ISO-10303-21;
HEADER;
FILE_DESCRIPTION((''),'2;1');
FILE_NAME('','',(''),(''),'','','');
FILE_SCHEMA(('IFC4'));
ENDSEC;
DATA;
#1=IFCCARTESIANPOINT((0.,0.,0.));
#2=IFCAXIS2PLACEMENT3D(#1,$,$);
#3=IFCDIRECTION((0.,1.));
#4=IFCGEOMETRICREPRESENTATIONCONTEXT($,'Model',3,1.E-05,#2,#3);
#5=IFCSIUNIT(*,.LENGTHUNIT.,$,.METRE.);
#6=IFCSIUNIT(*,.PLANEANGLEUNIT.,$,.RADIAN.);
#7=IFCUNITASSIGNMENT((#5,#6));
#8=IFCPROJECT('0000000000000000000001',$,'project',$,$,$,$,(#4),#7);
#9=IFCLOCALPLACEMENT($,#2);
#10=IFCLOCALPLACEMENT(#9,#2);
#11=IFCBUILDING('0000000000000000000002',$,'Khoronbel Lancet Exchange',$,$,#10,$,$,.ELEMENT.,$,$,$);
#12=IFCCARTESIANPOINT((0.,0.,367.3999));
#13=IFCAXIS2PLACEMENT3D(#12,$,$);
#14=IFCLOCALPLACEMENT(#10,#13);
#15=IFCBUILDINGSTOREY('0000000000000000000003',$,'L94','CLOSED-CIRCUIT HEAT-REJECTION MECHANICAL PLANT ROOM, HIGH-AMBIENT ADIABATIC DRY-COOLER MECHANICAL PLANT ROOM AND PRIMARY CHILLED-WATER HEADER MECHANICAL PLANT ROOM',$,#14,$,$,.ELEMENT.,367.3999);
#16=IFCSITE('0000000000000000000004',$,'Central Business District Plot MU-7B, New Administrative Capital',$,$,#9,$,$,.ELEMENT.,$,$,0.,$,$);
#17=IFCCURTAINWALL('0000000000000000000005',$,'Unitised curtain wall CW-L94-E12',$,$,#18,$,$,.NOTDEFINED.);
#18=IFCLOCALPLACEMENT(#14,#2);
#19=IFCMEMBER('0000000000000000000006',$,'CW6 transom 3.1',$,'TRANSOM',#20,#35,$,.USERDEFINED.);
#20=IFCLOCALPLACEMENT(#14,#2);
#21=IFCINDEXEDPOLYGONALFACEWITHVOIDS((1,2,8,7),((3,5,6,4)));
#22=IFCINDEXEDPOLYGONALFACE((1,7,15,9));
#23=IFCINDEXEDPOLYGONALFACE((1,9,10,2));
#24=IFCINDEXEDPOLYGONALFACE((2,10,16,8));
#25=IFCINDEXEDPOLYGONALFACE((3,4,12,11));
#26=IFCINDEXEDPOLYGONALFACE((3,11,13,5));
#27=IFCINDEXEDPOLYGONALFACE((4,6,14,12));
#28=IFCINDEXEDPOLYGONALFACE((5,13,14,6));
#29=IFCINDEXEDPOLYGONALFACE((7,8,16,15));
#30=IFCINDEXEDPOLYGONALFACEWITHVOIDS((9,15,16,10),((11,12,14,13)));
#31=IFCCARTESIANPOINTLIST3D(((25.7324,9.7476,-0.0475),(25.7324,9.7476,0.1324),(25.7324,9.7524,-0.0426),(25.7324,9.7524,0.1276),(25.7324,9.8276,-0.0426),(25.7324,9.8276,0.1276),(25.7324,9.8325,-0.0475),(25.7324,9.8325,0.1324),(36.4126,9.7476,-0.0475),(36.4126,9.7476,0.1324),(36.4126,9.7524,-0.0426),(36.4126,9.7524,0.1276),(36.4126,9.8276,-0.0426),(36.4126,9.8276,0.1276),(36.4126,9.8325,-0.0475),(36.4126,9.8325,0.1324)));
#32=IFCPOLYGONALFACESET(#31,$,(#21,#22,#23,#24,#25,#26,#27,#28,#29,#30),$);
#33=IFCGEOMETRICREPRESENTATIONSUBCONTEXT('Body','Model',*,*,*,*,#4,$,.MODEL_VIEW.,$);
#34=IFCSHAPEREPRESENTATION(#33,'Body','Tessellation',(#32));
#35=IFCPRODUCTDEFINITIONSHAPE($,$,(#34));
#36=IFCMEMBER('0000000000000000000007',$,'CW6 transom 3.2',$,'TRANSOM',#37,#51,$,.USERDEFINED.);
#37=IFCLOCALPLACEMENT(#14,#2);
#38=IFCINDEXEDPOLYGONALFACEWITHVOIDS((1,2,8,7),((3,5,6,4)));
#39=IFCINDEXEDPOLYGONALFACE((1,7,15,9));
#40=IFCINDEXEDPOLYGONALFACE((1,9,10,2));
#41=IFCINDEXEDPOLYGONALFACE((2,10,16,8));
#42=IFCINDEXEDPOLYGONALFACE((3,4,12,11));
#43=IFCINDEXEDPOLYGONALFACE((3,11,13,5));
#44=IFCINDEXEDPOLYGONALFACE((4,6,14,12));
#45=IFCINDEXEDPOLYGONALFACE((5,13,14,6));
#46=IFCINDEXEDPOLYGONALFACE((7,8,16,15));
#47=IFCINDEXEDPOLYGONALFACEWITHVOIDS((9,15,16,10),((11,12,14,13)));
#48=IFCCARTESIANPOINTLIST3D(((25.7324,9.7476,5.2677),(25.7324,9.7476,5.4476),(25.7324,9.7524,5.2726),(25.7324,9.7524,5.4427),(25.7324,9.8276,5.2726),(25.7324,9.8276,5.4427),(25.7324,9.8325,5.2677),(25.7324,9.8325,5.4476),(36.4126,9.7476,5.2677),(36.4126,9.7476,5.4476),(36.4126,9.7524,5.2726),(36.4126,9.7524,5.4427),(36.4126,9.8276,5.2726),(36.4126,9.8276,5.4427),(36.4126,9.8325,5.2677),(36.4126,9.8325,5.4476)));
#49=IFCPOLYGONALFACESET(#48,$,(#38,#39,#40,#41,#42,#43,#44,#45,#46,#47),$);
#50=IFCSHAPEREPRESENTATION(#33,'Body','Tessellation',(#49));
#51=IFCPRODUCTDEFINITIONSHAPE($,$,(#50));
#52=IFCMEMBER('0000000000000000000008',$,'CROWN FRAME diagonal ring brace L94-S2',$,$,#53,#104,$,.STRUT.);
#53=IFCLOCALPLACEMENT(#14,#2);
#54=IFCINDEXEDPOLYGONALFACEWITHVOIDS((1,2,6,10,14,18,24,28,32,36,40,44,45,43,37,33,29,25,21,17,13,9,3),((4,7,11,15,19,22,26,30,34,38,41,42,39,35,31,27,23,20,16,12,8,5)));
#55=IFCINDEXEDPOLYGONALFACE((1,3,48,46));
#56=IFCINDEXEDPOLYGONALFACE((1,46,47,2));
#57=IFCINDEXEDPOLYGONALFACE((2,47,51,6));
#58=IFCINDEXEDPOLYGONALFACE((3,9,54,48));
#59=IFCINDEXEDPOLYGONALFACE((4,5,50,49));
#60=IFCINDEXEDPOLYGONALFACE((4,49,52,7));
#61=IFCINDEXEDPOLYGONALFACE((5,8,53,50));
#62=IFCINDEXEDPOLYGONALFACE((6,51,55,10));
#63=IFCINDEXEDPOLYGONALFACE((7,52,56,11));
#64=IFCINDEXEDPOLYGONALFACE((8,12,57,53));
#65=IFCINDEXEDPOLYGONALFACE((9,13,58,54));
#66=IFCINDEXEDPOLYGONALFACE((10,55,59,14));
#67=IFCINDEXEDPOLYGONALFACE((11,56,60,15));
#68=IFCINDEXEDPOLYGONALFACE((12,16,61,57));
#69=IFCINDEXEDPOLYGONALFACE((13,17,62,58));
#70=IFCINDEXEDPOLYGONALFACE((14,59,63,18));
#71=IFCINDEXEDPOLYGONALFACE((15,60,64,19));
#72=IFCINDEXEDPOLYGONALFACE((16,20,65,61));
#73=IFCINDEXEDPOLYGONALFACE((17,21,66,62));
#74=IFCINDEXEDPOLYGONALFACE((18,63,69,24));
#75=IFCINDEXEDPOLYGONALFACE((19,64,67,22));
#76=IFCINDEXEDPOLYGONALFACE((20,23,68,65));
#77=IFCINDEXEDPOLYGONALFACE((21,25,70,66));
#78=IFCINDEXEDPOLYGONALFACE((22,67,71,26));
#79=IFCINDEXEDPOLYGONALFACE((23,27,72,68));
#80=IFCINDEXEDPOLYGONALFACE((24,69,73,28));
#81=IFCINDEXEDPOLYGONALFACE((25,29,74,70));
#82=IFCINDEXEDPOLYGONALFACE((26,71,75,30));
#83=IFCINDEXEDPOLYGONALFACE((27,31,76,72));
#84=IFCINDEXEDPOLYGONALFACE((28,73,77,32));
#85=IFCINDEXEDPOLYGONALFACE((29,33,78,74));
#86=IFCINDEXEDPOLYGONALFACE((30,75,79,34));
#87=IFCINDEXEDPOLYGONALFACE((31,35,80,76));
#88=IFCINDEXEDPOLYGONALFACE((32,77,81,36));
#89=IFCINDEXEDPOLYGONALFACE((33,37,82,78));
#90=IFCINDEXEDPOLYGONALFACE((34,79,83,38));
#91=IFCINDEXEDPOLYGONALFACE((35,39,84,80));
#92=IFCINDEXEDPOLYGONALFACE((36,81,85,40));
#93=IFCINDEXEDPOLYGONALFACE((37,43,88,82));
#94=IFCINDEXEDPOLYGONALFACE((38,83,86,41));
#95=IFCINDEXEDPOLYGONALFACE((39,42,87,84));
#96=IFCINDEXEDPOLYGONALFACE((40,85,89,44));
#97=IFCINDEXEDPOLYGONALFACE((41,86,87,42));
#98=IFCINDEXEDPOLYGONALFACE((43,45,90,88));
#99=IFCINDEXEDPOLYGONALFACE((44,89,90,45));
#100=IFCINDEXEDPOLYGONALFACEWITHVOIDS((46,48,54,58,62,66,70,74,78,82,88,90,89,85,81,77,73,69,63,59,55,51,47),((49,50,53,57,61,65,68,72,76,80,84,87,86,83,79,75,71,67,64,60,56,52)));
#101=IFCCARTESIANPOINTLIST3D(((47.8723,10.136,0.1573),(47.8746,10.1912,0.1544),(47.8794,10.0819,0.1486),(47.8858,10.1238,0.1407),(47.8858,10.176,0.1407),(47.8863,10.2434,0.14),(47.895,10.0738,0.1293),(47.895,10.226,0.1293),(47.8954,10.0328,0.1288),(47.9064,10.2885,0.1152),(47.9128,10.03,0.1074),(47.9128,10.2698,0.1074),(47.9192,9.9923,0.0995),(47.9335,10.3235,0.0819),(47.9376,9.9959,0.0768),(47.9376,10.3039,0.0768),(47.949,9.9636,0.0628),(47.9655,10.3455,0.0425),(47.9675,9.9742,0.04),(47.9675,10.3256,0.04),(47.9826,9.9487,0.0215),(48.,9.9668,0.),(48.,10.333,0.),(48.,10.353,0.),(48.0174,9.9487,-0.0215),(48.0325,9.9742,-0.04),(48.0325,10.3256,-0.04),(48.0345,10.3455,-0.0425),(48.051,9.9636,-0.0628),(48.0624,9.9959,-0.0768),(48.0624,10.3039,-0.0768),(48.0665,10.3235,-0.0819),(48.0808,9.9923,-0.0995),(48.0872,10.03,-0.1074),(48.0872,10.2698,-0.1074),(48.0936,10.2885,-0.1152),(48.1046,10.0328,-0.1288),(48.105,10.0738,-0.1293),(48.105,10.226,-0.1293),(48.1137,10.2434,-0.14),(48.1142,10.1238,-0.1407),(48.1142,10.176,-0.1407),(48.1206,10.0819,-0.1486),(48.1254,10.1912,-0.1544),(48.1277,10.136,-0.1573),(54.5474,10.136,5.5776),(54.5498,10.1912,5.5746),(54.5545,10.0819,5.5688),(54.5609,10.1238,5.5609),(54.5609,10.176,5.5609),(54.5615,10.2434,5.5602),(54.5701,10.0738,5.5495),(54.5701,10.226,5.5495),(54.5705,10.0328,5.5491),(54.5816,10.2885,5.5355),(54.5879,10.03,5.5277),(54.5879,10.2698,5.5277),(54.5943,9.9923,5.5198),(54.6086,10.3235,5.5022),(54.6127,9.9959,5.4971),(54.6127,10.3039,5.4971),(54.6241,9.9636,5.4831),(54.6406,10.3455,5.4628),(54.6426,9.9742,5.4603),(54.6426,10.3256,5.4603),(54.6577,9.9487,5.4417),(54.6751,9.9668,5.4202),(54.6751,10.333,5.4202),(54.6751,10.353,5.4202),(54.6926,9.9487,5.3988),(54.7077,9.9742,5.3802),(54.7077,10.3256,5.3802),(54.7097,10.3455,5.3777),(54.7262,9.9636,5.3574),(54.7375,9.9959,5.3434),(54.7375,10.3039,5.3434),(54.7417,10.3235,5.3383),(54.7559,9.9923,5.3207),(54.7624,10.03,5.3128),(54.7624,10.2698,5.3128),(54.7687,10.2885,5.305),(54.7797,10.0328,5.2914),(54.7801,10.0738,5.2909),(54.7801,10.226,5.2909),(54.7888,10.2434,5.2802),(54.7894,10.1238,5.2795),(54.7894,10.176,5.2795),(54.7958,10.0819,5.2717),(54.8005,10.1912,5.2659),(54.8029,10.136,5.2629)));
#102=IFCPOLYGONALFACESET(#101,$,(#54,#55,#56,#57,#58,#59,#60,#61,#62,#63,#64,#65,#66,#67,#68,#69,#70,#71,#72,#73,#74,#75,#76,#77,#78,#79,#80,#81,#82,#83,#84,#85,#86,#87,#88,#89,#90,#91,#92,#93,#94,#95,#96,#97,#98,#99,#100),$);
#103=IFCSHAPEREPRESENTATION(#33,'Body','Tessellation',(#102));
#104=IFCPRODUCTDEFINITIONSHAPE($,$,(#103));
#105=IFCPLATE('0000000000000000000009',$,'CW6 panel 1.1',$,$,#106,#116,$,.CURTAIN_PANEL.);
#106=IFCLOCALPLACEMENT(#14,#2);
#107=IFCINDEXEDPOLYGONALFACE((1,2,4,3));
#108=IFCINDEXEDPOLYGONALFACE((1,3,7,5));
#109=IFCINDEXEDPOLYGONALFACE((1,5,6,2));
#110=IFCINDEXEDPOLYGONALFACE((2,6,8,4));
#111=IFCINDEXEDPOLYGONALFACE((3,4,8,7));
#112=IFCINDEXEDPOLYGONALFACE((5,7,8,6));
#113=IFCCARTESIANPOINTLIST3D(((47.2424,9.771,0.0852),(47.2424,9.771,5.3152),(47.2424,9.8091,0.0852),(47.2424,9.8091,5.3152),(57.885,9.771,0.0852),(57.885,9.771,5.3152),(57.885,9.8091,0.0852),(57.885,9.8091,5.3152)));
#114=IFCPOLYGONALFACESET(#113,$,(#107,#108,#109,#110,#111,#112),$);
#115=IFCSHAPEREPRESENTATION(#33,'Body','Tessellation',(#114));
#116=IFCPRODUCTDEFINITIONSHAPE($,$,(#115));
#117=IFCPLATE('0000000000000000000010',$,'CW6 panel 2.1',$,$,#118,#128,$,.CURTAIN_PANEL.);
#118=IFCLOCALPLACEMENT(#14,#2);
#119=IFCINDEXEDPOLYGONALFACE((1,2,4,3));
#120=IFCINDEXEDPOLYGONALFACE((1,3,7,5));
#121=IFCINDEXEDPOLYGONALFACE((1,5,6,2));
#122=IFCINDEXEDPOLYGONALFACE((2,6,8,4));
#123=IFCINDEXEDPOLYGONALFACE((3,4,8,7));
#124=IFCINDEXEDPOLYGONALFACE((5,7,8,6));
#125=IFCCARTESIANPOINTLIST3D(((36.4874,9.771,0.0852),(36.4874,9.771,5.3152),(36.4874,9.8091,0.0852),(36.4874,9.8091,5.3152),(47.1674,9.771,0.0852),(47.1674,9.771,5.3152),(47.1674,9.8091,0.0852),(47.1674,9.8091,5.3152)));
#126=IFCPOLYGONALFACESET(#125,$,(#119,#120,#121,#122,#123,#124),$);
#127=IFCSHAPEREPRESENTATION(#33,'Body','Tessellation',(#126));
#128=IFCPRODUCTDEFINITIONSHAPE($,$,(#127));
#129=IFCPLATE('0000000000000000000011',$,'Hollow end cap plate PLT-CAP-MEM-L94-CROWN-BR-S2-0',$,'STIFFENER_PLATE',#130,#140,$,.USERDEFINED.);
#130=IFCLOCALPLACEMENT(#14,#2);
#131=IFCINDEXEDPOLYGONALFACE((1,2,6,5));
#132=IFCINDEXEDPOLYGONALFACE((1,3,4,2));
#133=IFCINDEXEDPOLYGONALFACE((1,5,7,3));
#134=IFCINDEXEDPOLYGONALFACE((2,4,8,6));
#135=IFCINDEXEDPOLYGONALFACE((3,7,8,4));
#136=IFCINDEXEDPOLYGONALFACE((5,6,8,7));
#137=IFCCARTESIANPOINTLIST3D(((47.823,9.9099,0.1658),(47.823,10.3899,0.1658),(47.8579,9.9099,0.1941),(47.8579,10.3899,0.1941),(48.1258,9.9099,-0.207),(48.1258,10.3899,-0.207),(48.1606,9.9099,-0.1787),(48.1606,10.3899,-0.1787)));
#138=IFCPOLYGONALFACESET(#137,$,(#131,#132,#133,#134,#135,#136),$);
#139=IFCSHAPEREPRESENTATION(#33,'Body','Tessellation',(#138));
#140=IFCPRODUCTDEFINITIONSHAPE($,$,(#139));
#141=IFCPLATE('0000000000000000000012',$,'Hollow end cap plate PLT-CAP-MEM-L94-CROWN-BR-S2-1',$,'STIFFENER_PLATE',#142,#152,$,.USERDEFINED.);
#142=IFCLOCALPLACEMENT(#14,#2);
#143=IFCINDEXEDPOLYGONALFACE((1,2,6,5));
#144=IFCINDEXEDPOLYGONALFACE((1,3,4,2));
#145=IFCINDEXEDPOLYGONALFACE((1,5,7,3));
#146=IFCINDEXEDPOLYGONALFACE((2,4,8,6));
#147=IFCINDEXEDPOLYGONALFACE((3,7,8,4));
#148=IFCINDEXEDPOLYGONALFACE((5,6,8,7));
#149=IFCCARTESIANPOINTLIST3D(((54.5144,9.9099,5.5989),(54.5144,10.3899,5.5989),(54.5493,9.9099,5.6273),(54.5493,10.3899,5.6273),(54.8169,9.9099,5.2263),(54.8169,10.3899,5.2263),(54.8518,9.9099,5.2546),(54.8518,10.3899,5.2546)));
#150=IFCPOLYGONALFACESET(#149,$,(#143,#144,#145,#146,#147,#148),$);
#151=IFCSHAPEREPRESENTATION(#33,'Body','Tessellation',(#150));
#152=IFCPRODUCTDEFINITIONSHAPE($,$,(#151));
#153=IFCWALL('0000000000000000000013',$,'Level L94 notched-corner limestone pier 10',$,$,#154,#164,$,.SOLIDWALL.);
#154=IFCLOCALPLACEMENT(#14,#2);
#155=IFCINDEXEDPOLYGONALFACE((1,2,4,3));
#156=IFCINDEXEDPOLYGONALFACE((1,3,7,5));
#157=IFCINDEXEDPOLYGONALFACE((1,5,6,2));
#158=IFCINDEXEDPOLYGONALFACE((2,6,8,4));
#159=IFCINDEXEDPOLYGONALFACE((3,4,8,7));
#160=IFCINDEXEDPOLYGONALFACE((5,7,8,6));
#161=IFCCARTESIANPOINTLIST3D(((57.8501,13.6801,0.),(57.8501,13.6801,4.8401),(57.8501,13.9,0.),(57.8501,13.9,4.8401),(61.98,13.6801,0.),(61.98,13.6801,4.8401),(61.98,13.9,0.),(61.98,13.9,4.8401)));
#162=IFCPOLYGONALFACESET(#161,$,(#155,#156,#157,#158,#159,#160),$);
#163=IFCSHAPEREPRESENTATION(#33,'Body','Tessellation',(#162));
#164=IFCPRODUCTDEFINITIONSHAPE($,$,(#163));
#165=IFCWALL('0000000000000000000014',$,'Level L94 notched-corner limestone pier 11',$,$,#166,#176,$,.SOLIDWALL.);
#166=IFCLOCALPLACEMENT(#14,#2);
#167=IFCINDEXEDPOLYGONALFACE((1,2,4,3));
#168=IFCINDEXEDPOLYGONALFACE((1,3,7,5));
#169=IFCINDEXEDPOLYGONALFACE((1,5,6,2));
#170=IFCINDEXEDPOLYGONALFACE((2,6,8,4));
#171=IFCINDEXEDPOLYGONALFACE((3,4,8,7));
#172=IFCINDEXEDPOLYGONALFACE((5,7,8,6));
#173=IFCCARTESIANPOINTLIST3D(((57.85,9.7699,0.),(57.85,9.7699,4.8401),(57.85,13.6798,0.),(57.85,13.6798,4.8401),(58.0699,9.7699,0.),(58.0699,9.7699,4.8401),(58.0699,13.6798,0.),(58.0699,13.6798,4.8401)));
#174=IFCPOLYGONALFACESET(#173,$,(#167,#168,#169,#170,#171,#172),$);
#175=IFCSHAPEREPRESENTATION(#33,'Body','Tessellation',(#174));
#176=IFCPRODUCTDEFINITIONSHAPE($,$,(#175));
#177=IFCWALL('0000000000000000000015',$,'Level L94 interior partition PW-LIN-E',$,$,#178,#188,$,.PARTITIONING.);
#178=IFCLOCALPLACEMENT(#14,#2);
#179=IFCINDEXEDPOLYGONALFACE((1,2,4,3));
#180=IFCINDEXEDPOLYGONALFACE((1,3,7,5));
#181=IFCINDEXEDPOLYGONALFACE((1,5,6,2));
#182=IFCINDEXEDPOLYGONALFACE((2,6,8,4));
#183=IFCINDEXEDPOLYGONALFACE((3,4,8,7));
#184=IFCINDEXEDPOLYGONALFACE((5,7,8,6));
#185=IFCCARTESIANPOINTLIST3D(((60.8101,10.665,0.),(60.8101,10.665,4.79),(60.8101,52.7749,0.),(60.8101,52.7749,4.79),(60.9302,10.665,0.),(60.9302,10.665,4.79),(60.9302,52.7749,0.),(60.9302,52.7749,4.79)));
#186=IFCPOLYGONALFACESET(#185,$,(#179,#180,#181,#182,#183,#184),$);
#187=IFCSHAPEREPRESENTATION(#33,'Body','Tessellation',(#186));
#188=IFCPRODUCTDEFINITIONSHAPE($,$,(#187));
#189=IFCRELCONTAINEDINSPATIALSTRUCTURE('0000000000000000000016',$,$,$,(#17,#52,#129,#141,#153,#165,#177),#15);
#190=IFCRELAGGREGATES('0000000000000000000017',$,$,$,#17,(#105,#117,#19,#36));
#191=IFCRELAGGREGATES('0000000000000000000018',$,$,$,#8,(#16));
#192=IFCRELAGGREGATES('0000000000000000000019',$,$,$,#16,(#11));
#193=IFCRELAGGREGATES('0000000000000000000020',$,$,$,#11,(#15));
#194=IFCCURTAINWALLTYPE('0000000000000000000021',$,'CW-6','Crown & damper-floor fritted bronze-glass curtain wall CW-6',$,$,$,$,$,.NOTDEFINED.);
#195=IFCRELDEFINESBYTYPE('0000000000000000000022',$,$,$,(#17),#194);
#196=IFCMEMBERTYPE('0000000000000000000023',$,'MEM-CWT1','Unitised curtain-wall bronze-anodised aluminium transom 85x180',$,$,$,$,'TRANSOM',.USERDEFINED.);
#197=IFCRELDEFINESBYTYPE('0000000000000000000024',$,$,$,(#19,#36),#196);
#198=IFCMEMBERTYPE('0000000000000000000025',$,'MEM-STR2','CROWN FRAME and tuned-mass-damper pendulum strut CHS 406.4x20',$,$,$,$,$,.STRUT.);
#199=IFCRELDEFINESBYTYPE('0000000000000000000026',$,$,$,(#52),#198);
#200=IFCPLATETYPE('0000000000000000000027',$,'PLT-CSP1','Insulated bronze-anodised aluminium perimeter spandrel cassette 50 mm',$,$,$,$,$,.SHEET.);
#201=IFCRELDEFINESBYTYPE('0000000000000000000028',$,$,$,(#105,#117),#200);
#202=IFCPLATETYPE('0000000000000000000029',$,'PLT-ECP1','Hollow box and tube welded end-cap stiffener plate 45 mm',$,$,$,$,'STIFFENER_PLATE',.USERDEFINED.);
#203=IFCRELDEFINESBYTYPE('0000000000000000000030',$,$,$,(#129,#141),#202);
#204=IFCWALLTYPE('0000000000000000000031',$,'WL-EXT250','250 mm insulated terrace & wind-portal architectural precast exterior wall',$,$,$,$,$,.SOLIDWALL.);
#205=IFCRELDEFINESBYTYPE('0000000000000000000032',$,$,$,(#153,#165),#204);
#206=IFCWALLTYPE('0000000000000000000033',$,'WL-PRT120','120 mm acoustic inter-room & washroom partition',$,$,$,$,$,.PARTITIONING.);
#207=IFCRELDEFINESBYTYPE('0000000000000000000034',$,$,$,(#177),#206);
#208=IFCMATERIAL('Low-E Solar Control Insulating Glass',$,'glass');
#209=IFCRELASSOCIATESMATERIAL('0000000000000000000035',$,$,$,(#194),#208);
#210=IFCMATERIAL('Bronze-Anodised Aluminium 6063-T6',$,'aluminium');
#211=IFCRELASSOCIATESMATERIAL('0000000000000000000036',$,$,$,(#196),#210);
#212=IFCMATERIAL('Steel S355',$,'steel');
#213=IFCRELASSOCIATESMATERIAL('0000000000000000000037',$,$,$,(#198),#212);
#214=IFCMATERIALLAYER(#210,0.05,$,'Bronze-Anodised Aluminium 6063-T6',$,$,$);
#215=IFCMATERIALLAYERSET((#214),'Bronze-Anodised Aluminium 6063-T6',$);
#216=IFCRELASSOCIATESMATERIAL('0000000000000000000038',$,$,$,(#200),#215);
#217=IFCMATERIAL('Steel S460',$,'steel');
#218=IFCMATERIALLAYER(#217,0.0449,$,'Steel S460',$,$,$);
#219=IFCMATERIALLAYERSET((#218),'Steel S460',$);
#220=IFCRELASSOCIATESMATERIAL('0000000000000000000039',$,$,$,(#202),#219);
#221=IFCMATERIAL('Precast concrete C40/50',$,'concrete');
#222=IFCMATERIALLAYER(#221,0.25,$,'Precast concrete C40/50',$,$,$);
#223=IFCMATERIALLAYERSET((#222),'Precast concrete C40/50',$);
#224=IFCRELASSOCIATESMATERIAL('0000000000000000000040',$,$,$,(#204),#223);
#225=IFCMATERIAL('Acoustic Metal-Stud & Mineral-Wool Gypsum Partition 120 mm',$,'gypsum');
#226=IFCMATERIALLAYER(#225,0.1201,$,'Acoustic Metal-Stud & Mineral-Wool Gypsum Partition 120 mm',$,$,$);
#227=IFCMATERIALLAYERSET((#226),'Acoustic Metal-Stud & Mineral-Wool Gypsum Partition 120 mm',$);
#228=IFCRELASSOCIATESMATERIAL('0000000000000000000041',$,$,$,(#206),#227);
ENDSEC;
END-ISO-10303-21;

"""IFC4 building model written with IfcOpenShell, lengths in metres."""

from ifc_helpers import new_model, si_unit, direction, frame, frame_2d, origin, origin_2d, place, context, subcontext, project, spatial, polyline, rectangle, hollow_rectangle, hollow_circle, outline, extrude, material, layer, layer_set, material_profile, profile_set, type_object, element, aggregate, save


model = new_model("IFC4")

# Units and contexts
model_context = context("Model", 3, precision=1e-05, world=origin(), true_north=direction((0.0, 1.0)))
body_context = subcontext(model_context, "Body", "Model", "MODEL_VIEW")
ifc_project = project(units=[si_unit("LENGTHUNIT", "METRE"), si_unit("PLANEANGLEUNIT", "RADIAN")], contexts=[model_context])

# Site, building, storey
site_placement = place(None, origin())
site = spatial("IfcSite", under=ifc_project, at=site_placement, Name="Central Business District Plot MU-7B, New Administrative Capital", CompositionType="ELEMENT", RefElevation=0.0)
building_placement = place(site_placement, origin())
building = spatial("IfcBuilding", under=site, at=building_placement, Name="Khoronbel Lancet Exchange", CompositionType="ELEMENT")
storey_placement = place(building_placement, frame((0.0, 0.0, 367.3999)))
storey = spatial("IfcBuildingStorey", under=building, at=storey_placement, Name="L94", Description="CLOSED-CIRCUIT HEAT-REJECTION MECHANICAL PLANT ROOM, HIGH-AMBIENT ADIABATIC DRY-COOLER MECHANICAL PLANT ROOM AND PRIMARY CHILLED-WATER HEADER MECHANICAL PLANT ROOM", CompositionType="ELEMENT", Elevation=367.3999)

# Shared definitions
ifc_material_1 = material(Name="Steel S460", Category="steel")

# Shared definitions
ifc_material_2 = material(Name="Steel S355", Category="steel")

# Shared definitions
ifc_material_3 = material(Name="Low-E Solar Control Insulating Glass", Category="glass")
curtain_wall_type = type_object("IfcCurtainWallType", Name="CW-6", Description="Crown & damper-floor fritted bronze-glass curtain wall CW-6", PredefinedType="NOTDEFINED", material=ifc_material_3)
ifc_material_4 = material(Name="Bronze-Anodised Aluminium 6063-T6", Category="aluminium")

# Curtain wall, members
curtain_wall_1_placement = place(storey_placement, origin())
curtain_wall_1 = element("IfcCurtainWall", 1, at=curtain_wall_1_placement, inside=storey, type_object=curtain_wall_type, Name="Unitised curtain wall CW-L94-E12", PredefinedType="NOTDEFINED")
ifc_material_profile_1 = material_profile(ifc_material_4, hollow_rectangle(XDim=0.085, YDim=0.1799, WallThickness=0.0049, at=origin_2d()), Name="ALU TRANSOM 85x180")
ifc_profile_set_1 = profile_set([ifc_material_profile_1], Name="Bronze-Anodised Aluminium 6063-T6")
member_type_1 = type_object("IfcMemberType", Name="MEM-CWT1", Description="Unitised curtain-wall bronze-anodised aluminium transom 85x180", ElementType="TRANSOM", PredefinedType="USERDEFINED", material=ifc_profile_set_1)
member_1_placement = place(storey_placement, frame((36.4126, 9.79, 0.0425), z_axis=(-1.0, 0.0, 0.0), x_axis=(0.0, -1.0, 0.0)))
member_1 = element("IfcMember", 2, at=member_1_placement, type_object=member_type_1, Name="CW6 transom 3.1", ObjectType="TRANSOM", PredefinedType="USERDEFINED", context=body_context, shape_type="SweptSolid", body=[
    extrude(hollow_rectangle(XDim=0.085, YDim=0.1799, WallThickness=0.0049, at=origin_2d()), origin(), (0.0, 0.0, 1.0), 10.6802),
])
member_2_placement = place(storey_placement, frame((36.4126, 9.79, 5.3577), z_axis=(-1.0, 0.0, 0.0), x_axis=(0.0, -1.0, 0.0)))
member_2 = element("IfcMember", 3, at=member_2_placement, type_object=member_type_1, Name="CW6 transom 3.2", ObjectType="TRANSOM", PredefinedType="USERDEFINED", context=body_context, shape_type="SweptSolid", body=[
    extrude(hollow_rectangle(XDim=0.085, YDim=0.1799, WallThickness=0.0049, at=origin_2d()), origin(), (0.0, 0.0, 1.0), 10.6802),
])

# Member
ifc_material_profile_2 = material_profile(ifc_material_2, hollow_circle(Radius=0.2031, WallThickness=0.02, at=origin_2d()), Name="CHS 406.4x20")
ifc_profile_set_2 = profile_set([ifc_material_profile_2], Name="Steel S355")
member_type_2 = type_object("IfcMemberType", Name="MEM-STR2", Description="CROWN FRAME and tuned-mass-damper pendulum strut CHS 406.4x20", PredefinedType="STRUT", material=ifc_profile_set_2)
member_3_placement = place(storey_placement, frame((48.0, 10.1499, 0.0), z_axis=(0.776302, 0.0, 0.630361), x_axis=(0.0, 1.0, 0.0)))
element("IfcMember", 4, at=member_3_placement, inside=storey, type_object=member_type_2, Name="CROWN FRAME diagonal ring brace L94-S2", PredefinedType="STRUT", context=body_context, shape_type="SweptSolid", body=[
    extrude(hollow_circle(Radius=0.2031, WallThickness=0.02, at=origin_2d()), origin(), (0.0, 0.0, 1.0), 8.5986),
])

# Plates
ifc_layer_1 = layer(ifc_material_4, 0.05, Name="Bronze-Anodised Aluminium 6063-T6")
ifc_layer_set_1 = layer_set([ifc_layer_1], Name="Bronze-Anodised Aluminium 6063-T6")
plate_type_1 = type_object("IfcPlateType", Name="PLT-CSP1", Description="Insulated bronze-anodised aluminium perimeter spandrel cassette 50 mm", PredefinedType="SHEET", material=ifc_layer_set_1)
plate_1_placement = place(storey_placement, frame((52.5637, 9.79, 0.0852), z_axis=(0.0, 0.0, 1.0), x_axis=(-1.0, 0.0, 0.0)))
plate_1 = element("IfcPlate", 5, at=plate_1_placement, type_object=plate_type_1, Name="CW6 panel 1.1", PredefinedType="CURTAIN_PANEL", context=body_context, shape_type="SweptSolid", body=[
    extrude(rectangle(XDim=10.6426, YDim=0.0381, at=origin_2d()), origin(), (0.0, 0.0, 1.0), 5.23),
])
plate_2_placement = place(storey_placement, frame((41.8274, 9.79, 0.0852), z_axis=(0.0, 0.0, 1.0), x_axis=(-1.0, 0.0, 0.0)))
plate_2 = element("IfcPlate", 6, at=plate_2_placement, type_object=plate_type_1, Name="CW6 panel 2.1", PredefinedType="CURTAIN_PANEL", context=body_context, shape_type="SweptSolid", body=[
    extrude(rectangle(XDim=10.6799, YDim=0.0381, at=origin_2d()), origin(), (0.0, 0.0, 1.0), 5.23),
])
aggregate(curtain_wall_1, [plate_1, plate_2, member_1, member_2])

# Plates
ifc_layer_2 = layer(ifc_material_1, 0.0449, Name="Steel S460")
ifc_layer_set_2 = layer_set([ifc_layer_2], Name="Steel S460")
plate_type_2 = type_object("IfcPlateType", Name="PLT-ECP1", Description="Hollow box and tube welded end-cap stiffener plate 45 mm", ElementType="STIFFENER_PLATE", PredefinedType="USERDEFINED", material=ifc_layer_set_2)
plate_3_placement = place(storey_placement, frame((48.1606, 9.9099, -0.1787), z_axis=(0.776285, 0.0, 0.630382), x_axis=(0.0, 1.0, 0.0)))
element("IfcPlate", 7, at=plate_3_placement, inside=storey, type_object=plate_type_2, Name="Hollow end cap plate PLT-CAP-MEM-L94-CROWN-BR-S2-0", ObjectType="STIFFENER_PLATE", PredefinedType="USERDEFINED", context=body_context, shape_type="SweptSolid", body=[
    extrude(outline(polyline([(0.0, 0.0), (0.48, 0.0), (0.48, 0.4802), (0.0, 0.4802), (0.0, 0.0)])), origin(), (0.0, 0.0, -1.0), 0.0449),
])
plate_4_placement = place(storey_placement, frame((54.8518, 9.9099, 5.2546), z_axis=(0.776332, 0.0, 0.630324), x_axis=(0.0, 1.0, 0.0)))
element("IfcPlate", 8, at=plate_4_placement, inside=storey, type_object=plate_type_2, Name="Hollow end cap plate PLT-CAP-MEM-L94-CROWN-BR-S2-1", ObjectType="STIFFENER_PLATE", PredefinedType="USERDEFINED", context=body_context, shape_type="SweptSolid", body=[
    extrude(outline(polyline([(0.0, 0.0), (0.48, 0.0), (0.48, 0.48), (0.0, 0.48), (0.0, 0.0)])), origin(), (0.0, 0.0, -1.0), 0.0449),
])

# Walls
ifc_material_5 = material(Name="Precast concrete C40/50", Category="concrete")
ifc_layer_3 = layer(ifc_material_5, 0.25, Name="Precast concrete C40/50")
ifc_layer_set_3 = layer_set([ifc_layer_3], Name="Precast concrete C40/50")
wall_type_1 = type_object("IfcWallType", Name="WL-EXT250", Description="250 mm insulated terrace & wind-portal architectural precast exterior wall", PredefinedType="SOLIDWALL", material=ifc_layer_set_3)
wall_1_placement = place(storey_placement, frame((61.98, 13.79, 0.0), z_axis=(0.0, 0.0, 1.0), x_axis=(-1.0, 0.0, 0.0)))
element("IfcWall", 9, at=wall_1_placement, inside=storey, type_object=wall_type_1, Name="Level L94 notched-corner limestone pier 10", PredefinedType="SOLIDWALL", context=body_context, shape_type="SweptSolid", body=[
    extrude(rectangle(XDim=4.1299, YDim=0.22, at=frame_2d((2.0649, 0.0))), origin(), (0.0, 0.0, 1.0), 4.8401),
])
wall_2_placement = place(storey_placement, frame((57.96, 13.6799, 0.0), z_axis=(0.0, 0.0, 1.0), x_axis=(0.0, -1.0, 0.0)))
element("IfcWall", 10, at=wall_2_placement, inside=storey, type_object=wall_type_1, Name="Level L94 notched-corner limestone pier 11", PredefinedType="SOLIDWALL", context=body_context, shape_type="SweptSolid", body=[
    extrude(rectangle(XDim=3.9099, YDim=0.22, at=frame_2d((1.9551, 0.0))), origin(), (0.0, 0.0, 1.0), 4.8401),
])
ifc_material_6 = material(Name="Acoustic Metal-Stud & Mineral-Wool Gypsum Partition 120 mm", Category="gypsum")
ifc_layer_4 = layer(ifc_material_6, 0.1201, Name="Acoustic Metal-Stud & Mineral-Wool Gypsum Partition 120 mm")
ifc_layer_set_4 = layer_set([ifc_layer_4], Name="Acoustic Metal-Stud & Mineral-Wool Gypsum Partition 120 mm")
wall_type_2 = type_object("IfcWallType", Name="WL-PRT120", Description="120 mm acoustic inter-room & washroom partition", PredefinedType="PARTITIONING", material=ifc_layer_set_4)
wall_3_placement = place(storey_placement, frame((60.8701, 10.665, 0.0), z_axis=(0.0, 0.0, 1.0), x_axis=(0.0, 1.0, 0.0)))
element("IfcWall", 11, at=wall_3_placement, inside=storey, type_object=wall_type_2, Name="Level L94 interior partition PW-LIN-E", PredefinedType="PARTITIONING", context=body_context, shape_type="SweptSolid", body=[
    extrude(rectangle(XDim=42.1099, YDim=0.1201, at=frame_2d((21.0549, 0.0))), origin(), (0.0, 0.0, 1.0), 4.79),
])

save(model, "model.ifc")
